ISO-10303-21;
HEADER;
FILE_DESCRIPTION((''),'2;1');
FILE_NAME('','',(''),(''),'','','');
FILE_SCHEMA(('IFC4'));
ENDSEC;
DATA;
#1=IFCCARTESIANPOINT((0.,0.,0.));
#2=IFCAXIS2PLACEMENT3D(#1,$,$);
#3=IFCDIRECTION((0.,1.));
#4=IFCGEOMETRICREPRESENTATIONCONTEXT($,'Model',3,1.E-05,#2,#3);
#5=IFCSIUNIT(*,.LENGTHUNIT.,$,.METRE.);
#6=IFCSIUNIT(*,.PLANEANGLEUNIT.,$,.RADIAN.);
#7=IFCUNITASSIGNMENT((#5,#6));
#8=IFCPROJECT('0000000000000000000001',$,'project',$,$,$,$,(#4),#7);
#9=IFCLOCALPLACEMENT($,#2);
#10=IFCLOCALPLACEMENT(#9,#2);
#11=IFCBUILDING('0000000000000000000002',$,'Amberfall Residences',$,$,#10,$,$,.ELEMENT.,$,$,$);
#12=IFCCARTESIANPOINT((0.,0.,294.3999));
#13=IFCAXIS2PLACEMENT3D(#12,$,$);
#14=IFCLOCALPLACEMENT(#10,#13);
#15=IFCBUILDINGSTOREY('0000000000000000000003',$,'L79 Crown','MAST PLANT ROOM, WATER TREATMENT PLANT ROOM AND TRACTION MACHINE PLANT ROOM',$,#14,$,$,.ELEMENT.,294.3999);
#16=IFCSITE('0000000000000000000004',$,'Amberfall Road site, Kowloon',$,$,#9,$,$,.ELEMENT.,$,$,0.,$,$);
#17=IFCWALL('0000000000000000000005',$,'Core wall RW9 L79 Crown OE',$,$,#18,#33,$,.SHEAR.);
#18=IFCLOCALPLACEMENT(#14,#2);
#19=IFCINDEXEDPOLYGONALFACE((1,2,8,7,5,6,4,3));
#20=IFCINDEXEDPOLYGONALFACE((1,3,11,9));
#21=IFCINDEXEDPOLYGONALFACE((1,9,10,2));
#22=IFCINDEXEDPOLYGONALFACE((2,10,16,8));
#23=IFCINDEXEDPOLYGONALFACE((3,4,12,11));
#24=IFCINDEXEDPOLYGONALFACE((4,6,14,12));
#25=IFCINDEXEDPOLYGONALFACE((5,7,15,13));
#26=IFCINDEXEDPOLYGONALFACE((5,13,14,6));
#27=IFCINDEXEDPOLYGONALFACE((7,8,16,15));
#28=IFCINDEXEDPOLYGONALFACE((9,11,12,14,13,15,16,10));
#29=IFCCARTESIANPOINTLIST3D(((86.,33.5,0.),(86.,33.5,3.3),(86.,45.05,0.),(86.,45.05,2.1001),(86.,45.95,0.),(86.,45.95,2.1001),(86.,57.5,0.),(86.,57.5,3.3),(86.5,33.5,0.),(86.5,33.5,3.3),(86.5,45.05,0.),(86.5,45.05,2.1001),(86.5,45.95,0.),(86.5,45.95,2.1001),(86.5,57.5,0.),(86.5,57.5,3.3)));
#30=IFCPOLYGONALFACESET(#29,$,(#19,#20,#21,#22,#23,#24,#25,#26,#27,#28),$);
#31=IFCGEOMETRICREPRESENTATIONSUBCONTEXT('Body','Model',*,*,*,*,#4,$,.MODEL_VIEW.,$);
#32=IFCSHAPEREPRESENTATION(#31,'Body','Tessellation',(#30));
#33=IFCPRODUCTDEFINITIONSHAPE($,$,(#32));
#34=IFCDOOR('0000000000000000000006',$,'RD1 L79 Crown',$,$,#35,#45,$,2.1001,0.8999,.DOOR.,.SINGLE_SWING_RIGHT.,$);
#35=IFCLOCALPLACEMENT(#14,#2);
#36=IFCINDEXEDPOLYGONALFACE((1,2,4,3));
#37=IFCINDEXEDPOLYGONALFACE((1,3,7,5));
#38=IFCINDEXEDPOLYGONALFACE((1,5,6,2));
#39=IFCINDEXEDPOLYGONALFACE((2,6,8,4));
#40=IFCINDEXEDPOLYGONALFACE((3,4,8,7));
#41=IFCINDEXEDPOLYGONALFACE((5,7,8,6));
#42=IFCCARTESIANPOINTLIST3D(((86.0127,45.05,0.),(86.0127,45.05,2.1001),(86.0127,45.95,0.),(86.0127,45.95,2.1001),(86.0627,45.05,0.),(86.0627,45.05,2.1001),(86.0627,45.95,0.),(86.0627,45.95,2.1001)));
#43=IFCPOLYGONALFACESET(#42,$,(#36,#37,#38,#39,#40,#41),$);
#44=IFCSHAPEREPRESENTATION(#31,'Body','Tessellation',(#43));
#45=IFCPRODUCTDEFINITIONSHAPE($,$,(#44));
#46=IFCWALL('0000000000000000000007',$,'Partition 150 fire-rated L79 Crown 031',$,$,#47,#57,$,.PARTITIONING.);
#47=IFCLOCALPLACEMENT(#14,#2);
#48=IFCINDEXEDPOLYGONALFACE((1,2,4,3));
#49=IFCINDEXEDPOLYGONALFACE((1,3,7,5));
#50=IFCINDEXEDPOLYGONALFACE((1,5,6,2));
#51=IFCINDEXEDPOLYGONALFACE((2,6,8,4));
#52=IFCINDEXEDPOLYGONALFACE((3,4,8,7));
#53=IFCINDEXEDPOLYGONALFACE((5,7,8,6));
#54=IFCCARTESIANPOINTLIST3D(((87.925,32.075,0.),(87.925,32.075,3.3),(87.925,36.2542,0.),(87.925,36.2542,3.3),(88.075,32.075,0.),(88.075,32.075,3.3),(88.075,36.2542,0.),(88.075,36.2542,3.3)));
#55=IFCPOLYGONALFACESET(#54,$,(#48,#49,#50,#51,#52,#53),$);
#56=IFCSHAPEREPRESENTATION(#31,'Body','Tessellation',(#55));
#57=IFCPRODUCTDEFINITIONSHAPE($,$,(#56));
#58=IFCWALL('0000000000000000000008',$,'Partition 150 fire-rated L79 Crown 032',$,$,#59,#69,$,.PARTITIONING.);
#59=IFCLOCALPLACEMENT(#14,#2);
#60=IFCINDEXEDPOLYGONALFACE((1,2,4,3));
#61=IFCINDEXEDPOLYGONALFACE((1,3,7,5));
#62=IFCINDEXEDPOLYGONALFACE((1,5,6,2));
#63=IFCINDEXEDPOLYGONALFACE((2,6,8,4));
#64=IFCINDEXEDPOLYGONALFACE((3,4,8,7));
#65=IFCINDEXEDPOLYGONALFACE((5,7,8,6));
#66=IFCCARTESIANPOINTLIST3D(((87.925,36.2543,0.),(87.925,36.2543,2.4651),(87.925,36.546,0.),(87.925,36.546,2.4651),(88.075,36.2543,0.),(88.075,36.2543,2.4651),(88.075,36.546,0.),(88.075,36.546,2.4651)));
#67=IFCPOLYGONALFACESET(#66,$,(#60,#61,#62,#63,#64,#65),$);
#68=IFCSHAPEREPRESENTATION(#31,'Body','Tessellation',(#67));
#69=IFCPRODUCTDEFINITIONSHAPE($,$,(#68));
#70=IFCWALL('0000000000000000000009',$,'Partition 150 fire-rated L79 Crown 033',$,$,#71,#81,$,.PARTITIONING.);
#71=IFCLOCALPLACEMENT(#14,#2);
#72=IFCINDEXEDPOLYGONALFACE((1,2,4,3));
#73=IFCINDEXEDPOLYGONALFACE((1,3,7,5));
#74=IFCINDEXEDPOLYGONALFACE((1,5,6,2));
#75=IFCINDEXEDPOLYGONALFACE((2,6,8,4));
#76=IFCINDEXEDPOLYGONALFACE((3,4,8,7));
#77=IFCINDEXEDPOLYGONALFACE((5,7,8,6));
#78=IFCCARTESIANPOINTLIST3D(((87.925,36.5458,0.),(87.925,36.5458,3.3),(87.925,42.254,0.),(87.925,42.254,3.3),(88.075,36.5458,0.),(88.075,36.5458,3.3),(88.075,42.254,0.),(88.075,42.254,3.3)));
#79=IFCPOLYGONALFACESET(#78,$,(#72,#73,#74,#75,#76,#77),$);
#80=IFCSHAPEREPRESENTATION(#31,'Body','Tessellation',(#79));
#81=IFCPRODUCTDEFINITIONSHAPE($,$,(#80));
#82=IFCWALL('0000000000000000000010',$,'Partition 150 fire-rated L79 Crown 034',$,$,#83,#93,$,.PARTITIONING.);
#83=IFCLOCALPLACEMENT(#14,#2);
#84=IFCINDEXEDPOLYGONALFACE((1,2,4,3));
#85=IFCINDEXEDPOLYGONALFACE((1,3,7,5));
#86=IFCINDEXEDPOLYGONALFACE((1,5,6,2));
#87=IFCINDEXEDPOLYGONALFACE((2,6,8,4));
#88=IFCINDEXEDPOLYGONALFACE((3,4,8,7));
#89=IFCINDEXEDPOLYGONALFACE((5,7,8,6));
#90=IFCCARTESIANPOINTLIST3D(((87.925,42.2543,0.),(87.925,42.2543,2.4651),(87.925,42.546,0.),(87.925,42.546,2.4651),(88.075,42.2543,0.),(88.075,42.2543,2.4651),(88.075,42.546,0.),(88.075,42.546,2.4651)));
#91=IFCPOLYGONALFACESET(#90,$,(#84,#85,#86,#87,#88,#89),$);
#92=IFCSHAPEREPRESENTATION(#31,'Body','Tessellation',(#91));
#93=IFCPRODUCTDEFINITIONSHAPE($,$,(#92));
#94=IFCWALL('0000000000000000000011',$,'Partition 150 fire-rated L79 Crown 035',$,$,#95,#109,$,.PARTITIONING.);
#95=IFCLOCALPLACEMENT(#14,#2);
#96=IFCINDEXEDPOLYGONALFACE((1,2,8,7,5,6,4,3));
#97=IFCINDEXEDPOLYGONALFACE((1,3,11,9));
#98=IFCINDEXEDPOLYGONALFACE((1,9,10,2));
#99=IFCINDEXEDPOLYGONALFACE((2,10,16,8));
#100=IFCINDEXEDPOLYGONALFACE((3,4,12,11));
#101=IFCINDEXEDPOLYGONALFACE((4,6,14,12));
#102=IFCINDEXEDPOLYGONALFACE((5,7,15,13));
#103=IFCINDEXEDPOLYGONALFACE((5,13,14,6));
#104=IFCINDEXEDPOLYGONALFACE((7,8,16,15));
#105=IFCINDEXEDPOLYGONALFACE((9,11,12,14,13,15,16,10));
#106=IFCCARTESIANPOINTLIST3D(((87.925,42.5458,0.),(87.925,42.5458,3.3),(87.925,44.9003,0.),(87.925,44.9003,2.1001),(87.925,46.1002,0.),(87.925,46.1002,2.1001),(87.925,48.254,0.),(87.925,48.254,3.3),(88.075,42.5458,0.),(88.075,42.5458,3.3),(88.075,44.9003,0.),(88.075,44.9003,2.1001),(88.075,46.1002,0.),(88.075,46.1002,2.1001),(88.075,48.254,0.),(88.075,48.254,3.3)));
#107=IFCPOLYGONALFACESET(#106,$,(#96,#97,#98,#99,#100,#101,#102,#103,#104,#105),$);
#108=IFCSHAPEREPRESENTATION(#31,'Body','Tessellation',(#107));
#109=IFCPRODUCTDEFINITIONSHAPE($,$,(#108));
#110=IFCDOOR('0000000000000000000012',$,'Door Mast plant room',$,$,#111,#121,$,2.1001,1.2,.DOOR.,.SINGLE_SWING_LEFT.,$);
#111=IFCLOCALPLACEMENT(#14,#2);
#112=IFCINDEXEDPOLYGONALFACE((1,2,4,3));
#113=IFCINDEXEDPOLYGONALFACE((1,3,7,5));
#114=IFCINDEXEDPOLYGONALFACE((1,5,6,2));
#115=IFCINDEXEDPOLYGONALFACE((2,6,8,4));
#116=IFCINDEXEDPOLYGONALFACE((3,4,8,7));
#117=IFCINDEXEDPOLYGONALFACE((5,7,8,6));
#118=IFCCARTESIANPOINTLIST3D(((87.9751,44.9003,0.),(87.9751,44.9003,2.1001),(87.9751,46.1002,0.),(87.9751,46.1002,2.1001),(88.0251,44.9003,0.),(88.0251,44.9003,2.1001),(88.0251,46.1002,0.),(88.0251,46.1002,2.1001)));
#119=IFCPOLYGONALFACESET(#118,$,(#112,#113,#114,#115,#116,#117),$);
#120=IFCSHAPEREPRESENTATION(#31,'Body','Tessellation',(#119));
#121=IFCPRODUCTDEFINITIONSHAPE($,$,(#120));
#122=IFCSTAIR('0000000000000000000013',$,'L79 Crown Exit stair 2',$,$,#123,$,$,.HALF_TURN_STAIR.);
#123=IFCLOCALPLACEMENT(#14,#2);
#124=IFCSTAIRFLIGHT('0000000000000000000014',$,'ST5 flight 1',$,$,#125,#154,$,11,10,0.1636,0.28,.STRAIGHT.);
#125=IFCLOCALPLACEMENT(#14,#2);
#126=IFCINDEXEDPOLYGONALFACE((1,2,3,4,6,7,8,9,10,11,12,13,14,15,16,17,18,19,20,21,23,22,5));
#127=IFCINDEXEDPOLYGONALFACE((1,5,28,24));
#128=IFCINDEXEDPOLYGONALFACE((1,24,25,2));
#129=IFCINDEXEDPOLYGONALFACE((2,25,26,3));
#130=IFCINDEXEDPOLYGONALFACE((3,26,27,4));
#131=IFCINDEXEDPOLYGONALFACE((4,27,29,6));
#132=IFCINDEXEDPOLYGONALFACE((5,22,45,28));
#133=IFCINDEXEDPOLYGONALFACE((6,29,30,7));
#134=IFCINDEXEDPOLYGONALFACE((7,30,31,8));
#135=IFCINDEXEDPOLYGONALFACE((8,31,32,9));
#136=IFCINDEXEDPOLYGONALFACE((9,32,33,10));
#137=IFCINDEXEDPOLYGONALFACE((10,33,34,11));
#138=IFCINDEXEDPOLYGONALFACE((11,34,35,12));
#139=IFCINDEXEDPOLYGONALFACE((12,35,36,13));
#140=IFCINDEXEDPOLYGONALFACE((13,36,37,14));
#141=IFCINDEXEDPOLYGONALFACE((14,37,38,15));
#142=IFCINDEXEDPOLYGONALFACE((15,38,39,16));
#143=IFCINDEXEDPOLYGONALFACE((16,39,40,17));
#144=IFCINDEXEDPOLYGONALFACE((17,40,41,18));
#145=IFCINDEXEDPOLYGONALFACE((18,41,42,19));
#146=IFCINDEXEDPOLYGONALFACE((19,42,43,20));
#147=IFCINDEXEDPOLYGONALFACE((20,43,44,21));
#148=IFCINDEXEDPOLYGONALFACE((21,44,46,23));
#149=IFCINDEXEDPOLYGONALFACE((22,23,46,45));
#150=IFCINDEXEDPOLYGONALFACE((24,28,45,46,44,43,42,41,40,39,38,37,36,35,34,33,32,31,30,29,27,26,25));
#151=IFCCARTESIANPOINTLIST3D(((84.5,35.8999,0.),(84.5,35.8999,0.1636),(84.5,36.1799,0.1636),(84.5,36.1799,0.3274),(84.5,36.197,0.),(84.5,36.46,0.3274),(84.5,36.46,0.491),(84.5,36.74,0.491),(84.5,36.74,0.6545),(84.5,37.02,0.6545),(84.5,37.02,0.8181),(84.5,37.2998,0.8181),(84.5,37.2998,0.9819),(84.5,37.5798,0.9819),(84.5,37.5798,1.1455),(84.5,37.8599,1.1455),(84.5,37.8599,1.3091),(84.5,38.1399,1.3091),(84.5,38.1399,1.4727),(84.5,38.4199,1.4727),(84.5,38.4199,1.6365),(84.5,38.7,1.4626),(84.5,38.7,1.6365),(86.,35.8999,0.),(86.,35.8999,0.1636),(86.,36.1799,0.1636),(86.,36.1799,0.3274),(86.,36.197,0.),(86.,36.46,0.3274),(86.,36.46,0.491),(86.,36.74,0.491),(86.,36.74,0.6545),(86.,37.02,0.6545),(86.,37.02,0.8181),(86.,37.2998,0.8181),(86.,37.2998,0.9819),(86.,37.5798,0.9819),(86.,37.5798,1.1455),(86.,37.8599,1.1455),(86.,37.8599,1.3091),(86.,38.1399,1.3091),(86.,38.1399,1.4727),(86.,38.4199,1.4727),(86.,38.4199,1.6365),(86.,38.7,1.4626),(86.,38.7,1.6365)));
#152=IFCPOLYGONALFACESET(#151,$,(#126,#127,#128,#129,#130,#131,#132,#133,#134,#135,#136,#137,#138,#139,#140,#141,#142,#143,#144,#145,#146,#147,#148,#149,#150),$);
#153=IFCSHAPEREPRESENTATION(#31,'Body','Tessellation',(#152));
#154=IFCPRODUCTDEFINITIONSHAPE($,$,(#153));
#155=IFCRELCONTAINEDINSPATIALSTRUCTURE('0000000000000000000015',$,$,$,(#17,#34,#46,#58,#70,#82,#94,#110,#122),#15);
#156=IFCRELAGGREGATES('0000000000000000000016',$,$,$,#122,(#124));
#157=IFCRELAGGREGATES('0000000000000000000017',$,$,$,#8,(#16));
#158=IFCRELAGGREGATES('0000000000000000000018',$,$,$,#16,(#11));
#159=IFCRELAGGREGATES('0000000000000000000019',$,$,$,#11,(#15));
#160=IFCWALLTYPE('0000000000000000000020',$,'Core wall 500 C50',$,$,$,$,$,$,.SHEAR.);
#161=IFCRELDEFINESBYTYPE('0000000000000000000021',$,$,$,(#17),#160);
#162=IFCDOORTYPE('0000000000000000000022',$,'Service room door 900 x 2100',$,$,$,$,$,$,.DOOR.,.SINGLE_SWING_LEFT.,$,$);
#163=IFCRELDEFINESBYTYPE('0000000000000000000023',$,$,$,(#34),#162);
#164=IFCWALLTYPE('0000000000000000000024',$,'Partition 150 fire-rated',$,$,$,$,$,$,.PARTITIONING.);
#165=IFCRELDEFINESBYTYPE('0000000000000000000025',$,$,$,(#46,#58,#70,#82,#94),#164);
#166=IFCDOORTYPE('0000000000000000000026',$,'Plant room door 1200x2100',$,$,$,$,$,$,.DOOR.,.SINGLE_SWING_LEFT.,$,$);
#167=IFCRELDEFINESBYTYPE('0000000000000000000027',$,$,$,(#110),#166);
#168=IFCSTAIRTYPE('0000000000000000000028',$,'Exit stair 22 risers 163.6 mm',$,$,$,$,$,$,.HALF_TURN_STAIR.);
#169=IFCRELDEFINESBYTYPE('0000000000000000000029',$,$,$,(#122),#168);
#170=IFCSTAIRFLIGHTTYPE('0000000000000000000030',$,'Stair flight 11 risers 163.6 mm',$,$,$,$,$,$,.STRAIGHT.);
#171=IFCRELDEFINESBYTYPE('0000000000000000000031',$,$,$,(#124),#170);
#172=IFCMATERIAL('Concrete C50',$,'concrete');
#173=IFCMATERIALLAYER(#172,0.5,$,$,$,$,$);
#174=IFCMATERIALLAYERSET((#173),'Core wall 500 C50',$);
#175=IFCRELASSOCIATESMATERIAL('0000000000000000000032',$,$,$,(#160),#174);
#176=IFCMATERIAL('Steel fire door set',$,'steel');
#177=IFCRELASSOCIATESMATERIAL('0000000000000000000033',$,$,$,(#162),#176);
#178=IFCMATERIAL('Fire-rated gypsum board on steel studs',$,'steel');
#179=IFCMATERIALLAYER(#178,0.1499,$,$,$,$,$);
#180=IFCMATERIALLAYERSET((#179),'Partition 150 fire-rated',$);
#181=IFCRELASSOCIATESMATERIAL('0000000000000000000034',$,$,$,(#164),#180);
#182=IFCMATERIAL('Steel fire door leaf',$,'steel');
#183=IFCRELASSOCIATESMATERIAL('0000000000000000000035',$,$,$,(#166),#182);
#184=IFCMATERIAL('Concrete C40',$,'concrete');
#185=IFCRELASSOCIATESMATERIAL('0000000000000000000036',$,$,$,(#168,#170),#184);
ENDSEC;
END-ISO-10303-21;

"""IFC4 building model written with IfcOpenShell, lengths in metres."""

from ifc_helpers import new_model, si_unit, direction, frame, frame_2d, origin, place, context, subcontext, project, spatial, polyline, rectangle, outline, extrude, material, layer, layer_set, type_object, element, fill, aggregate, save


model = new_model("IFC4")

# Units and contexts
model_context = context("Model", 3, precision=1e-05, world=origin(), true_north=direction((0.0, 1.0)))
body_context = subcontext(model_context, "Body", "Model", "MODEL_VIEW")
ifc_project = project(units=[si_unit("LENGTHUNIT", "METRE"), si_unit("PLANEANGLEUNIT", "RADIAN")], contexts=[model_context])

# Site, building, storey
site_placement = place(None, origin())
site = spatial("IfcSite", under=ifc_project, at=site_placement, Name="Amberfall Road site, Kowloon", CompositionType="ELEMENT", RefElevation=0.0)
building_placement = place(site_placement, origin())
building = spatial("IfcBuilding", under=site, at=building_placement, Name="Amberfall Residences", CompositionType="ELEMENT")
storey_placement = place(building_placement, frame((0.0, 0.0, 294.3999)))
storey = spatial("IfcBuildingStorey", under=building, at=storey_placement, Name="L79 Crown", Description="MAST PLANT ROOM, WATER TREATMENT PLANT ROOM AND TRACTION MACHINE PLANT ROOM", CompositionType="ELEMENT", Elevation=294.3999)

# Shared definitions
ifc_material_1 = material(Name="Concrete C50", Category="concrete")

# Wall, opening, door
ifc_layer_1 = layer(ifc_material_1, 0.5)
ifc_layer_set_1 = layer_set([ifc_layer_1], Name="Core wall 500 C50")
wall_type_1 = type_object("IfcWallType", Name="Core wall 500 C50", PredefinedType="SHEAR", material=ifc_layer_set_1)
wall_1_placement = place(storey_placement, frame((86.25, 33.5, 0.0), z_axis=(0.0, 0.0, 1.0), x_axis=(0.0, 1.0, 0.0)))
wall_1 = element("IfcWall", 1, at=wall_1_placement, inside=storey, type_object=wall_type_1, Name="Core wall RW9 L79 Crown OE", PredefinedType="SHEAR", context=body_context, shape_type="SweptSolid", body=[
    extrude(rectangle(XDim=24.0, YDim=0.5, at=frame_2d((12.0, 0.0))), origin(), (0.0, 0.0, 1.0), 3.3),
])
opening_1_placement = place(wall_1_placement, frame((11.55, 0.0, 0.0)))
opening_1 = element("IfcOpeningElement", 2, at=opening_1_placement, cuts=wall_1, PredefinedType="OPENING", context=body_context, shape_type="SweptSolid", body=[
    extrude(rectangle(XDim=0.8999, YDim=2.1001, at=frame_2d((0.45, 1.05))), frame((0.0, 0.26, 0.0), z_axis=(0.0, -1.0, 0.0), x_axis=(1.0, 0.0, 0.0)), (0.0, 0.0, 1.0), 0.52),
])
ifc_material_2 = material(Name="Steel fire door set", Category="steel")
door_type_1 = type_object("IfcDoorType", Name="Service room door 900 x 2100", OperationType="SINGLE_SWING_LEFT", PredefinedType="DOOR", material=ifc_material_2)
door_1_placement = place(opening_1_placement, origin())
door_1 = element("IfcDoor", 3, at=door_1_placement, inside=storey, type_object=door_type_1, Name="RD1 L79 Crown", OperationType="SINGLE_SWING_RIGHT", OverallHeight=2.1001, OverallWidth=0.8999, PredefinedType="DOOR", context=body_context, shape_type="SweptSolid", body=[
    extrude(rectangle(XDim=0.8999, YDim=2.1001, at=frame_2d((0.45, 1.05))), frame((0.0, 0.2373, 0.0), z_axis=(0.0, -1.0, 0.0), x_axis=(1.0, 0.0, 0.0)), (0.0, 0.0, 1.0), 0.05),
])
fill(opening_1, door_1)

# Walls
ifc_material_3 = material(Name="Fire-rated gypsum board on steel studs", Category="steel")
ifc_layer_2 = layer(ifc_material_3, 0.1499)
ifc_layer_set_2 = layer_set([ifc_layer_2], Name="Partition 150 fire-rated")
wall_type_2 = type_object("IfcWallType", Name="Partition 150 fire-rated", PredefinedType="PARTITIONING", material=ifc_layer_set_2)
wall_2_placement = place(storey_placement, frame((88.0, 32.075, 0.0), z_axis=(0.0, 0.0, 1.0), x_axis=(0.0, 1.0, 0.0)))
element("IfcWall", 4, at=wall_2_placement, inside=storey, type_object=wall_type_2, Name="Partition 150 fire-rated L79 Crown 031", PredefinedType="PARTITIONING", context=body_context, shape_type="SweptSolid", body=[
    extrude(rectangle(XDim=4.1792, YDim=0.1499, at=frame_2d((2.0896, 0.0))), origin(), (0.0, 0.0, 1.0), 3.3),
])
wall_3_placement = place(storey_placement, frame((88.0, 36.2542, 0.0), z_axis=(0.0, 0.0, 1.0), x_axis=(0.0, 1.0, 0.0)))
element("IfcWall", 5, at=wall_3_placement, inside=storey, type_object=wall_type_2, Name="Partition 150 fire-rated L79 Crown 032", PredefinedType="PARTITIONING", context=body_context, shape_type="SweptSolid", body=[
    extrude(rectangle(XDim=0.2917, YDim=0.1499, at=frame_2d((0.146, 0.0))), origin(), (0.0, 0.0, 1.0), 2.4651),
])
wall_4_placement = place(storey_placement, frame((88.0, 36.5459, 0.0), z_axis=(0.0, 0.0, 1.0), x_axis=(0.0, 1.0, 0.0)))
element("IfcWall", 6, at=wall_4_placement, inside=storey, type_object=wall_type_2, Name="Partition 150 fire-rated L79 Crown 033", PredefinedType="PARTITIONING", context=body_context, shape_type="SweptSolid", body=[
    extrude(rectangle(XDim=5.7083, YDim=0.1499, at=frame_2d((2.854, 0.0))), origin(), (0.0, 0.0, 1.0), 3.3),
])
wall_5_placement = place(storey_placement, frame((88.0, 42.2542, 0.0), z_axis=(0.0, 0.0, 1.0), x_axis=(0.0, 1.0, 0.0)))
element("IfcWall", 7, at=wall_5_placement, inside=storey, type_object=wall_type_2, Name="Partition 150 fire-rated L79 Crown 034", PredefinedType="PARTITIONING", context=body_context, shape_type="SweptSolid", body=[
    extrude(rectangle(XDim=0.2917, YDim=0.1499, at=frame_2d((0.146, 0.0))), origin(), (0.0, 0.0, 1.0), 2.4651),
])

# Wall, opening, door
wall_6_placement = place(storey_placement, frame((88.0, 42.5459, 0.0), z_axis=(0.0, 0.0, 1.0), x_axis=(0.0, 1.0, 0.0)))
wall_6 = element("IfcWall", 8, at=wall_6_placement, inside=storey, type_object=wall_type_2, Name="Partition 150 fire-rated L79 Crown 035", PredefinedType="PARTITIONING", context=body_context, shape_type="SweptSolid", body=[
    extrude(rectangle(XDim=5.7083, YDim=0.1499, at=frame_2d((2.854, 0.0))), origin(), (0.0, 0.0, 1.0), 3.3),
])
opening_2_placement = place(wall_6_placement, frame((2.3542, 0.0, 0.0)))
opening_2 = element("IfcOpeningElement", 9, at=opening_2_placement, cuts=wall_6, PredefinedType="OPENING", context=body_context, shape_type="SweptSolid", body=[
    extrude(rectangle(XDim=1.2, YDim=2.1001, at=frame_2d((0.6001, 1.05))), frame((0.0, 0.085, 0.0), z_axis=(0.0, -1.0, 0.0), x_axis=(1.0, 0.0, 0.0)), (0.0, 0.0, 1.0), 0.1699),
])
ifc_material_4 = material(Name="Steel fire door leaf", Category="steel")
door_type_2 = type_object("IfcDoorType", Name="Plant room door 1200x2100", OperationType="SINGLE_SWING_LEFT", PredefinedType="DOOR", material=ifc_material_4)
door_2_placement = place(opening_2_placement, origin())
door_2 = element("IfcDoor", 10, at=door_2_placement, inside=storey, type_object=door_type_2, Name="Door Mast plant room", OperationType="SINGLE_SWING_LEFT", OverallHeight=2.1001, OverallWidth=1.2, PredefinedType="DOOR", context=body_context, shape_type="SweptSolid", body=[
    extrude(rectangle(XDim=1.2, YDim=2.1001, at=frame_2d((0.6001, 1.05))), frame((0.0, 0.0249, 0.0), z_axis=(0.0, -1.0, 0.0), x_axis=(1.0, 0.0, 0.0)), (0.0, 0.0, 1.0), 0.05),
])
fill(opening_2, door_2)

# Stair, stair flight
ifc_material_5 = material(Name="Concrete C40", Category="concrete")
stair_type = type_object("IfcStairType", Name="Exit stair 22 risers 163.6 mm", PredefinedType="HALF_TURN_STAIR", material=ifc_material_5)
stair_placement = place(storey_placement, origin())
stair = element("IfcStair", 11, at=stair_placement, inside=storey, type_object=stair_type, Name="L79 Crown Exit stair 2", PredefinedType="HALF_TURN_STAIR")
stair_flight_type = type_object("IfcStairFlightType", Name="Stair flight 11 risers 163.6 mm", PredefinedType="STRAIGHT", material=ifc_material_5)
stair_flight_placement = place(storey_placement, frame((85.25, 35.8999, 0.0), z_axis=(0.0, 0.0, 1.0), x_axis=(0.0, 1.0, 0.0)))
stair_flight = element("IfcStairFlight", 12, at=stair_flight_placement, type_object=stair_flight_type, Name="ST5 flight 1", NumberOfRisers=11, NumberOfTreads=10, PredefinedType="STRAIGHT", RiserHeight=0.1636, TreadLength=0.28, context=body_context, shape_type="SweptSolid", body=[
    extrude(outline(polyline([(0.0, 0.0), (0.0, 0.1636), (0.28, 0.1636), (0.28, 0.3274), (0.5601, 0.3274), (0.5601, 0.491), (0.8401, 0.491), (0.8401, 0.6545), (1.1201, 0.6545), (1.1201, 0.8181), (1.3999, 0.8181), (1.3999, 0.9819), (1.6799, 0.9819), (1.6799, 1.1455), (1.96, 1.1455), (1.96, 1.3091), (2.24, 1.3091), (2.24, 1.4727), (2.52, 1.4727), (2.52, 1.6365), (2.8, 1.6365), (2.8, 1.8), (2.8, 1.4626), (0.2971, 0.0), (0.0, 0.0)])), frame((0.0, 0.75, 0.0), z_axis=(0.0, -1.0, 0.0), x_axis=(1.0, 0.0, 0.0)), (0.0, 0.0, 1.0), 1.5),
])
aggregate(stair, [stair_flight])

save(model, "model.ifc")
